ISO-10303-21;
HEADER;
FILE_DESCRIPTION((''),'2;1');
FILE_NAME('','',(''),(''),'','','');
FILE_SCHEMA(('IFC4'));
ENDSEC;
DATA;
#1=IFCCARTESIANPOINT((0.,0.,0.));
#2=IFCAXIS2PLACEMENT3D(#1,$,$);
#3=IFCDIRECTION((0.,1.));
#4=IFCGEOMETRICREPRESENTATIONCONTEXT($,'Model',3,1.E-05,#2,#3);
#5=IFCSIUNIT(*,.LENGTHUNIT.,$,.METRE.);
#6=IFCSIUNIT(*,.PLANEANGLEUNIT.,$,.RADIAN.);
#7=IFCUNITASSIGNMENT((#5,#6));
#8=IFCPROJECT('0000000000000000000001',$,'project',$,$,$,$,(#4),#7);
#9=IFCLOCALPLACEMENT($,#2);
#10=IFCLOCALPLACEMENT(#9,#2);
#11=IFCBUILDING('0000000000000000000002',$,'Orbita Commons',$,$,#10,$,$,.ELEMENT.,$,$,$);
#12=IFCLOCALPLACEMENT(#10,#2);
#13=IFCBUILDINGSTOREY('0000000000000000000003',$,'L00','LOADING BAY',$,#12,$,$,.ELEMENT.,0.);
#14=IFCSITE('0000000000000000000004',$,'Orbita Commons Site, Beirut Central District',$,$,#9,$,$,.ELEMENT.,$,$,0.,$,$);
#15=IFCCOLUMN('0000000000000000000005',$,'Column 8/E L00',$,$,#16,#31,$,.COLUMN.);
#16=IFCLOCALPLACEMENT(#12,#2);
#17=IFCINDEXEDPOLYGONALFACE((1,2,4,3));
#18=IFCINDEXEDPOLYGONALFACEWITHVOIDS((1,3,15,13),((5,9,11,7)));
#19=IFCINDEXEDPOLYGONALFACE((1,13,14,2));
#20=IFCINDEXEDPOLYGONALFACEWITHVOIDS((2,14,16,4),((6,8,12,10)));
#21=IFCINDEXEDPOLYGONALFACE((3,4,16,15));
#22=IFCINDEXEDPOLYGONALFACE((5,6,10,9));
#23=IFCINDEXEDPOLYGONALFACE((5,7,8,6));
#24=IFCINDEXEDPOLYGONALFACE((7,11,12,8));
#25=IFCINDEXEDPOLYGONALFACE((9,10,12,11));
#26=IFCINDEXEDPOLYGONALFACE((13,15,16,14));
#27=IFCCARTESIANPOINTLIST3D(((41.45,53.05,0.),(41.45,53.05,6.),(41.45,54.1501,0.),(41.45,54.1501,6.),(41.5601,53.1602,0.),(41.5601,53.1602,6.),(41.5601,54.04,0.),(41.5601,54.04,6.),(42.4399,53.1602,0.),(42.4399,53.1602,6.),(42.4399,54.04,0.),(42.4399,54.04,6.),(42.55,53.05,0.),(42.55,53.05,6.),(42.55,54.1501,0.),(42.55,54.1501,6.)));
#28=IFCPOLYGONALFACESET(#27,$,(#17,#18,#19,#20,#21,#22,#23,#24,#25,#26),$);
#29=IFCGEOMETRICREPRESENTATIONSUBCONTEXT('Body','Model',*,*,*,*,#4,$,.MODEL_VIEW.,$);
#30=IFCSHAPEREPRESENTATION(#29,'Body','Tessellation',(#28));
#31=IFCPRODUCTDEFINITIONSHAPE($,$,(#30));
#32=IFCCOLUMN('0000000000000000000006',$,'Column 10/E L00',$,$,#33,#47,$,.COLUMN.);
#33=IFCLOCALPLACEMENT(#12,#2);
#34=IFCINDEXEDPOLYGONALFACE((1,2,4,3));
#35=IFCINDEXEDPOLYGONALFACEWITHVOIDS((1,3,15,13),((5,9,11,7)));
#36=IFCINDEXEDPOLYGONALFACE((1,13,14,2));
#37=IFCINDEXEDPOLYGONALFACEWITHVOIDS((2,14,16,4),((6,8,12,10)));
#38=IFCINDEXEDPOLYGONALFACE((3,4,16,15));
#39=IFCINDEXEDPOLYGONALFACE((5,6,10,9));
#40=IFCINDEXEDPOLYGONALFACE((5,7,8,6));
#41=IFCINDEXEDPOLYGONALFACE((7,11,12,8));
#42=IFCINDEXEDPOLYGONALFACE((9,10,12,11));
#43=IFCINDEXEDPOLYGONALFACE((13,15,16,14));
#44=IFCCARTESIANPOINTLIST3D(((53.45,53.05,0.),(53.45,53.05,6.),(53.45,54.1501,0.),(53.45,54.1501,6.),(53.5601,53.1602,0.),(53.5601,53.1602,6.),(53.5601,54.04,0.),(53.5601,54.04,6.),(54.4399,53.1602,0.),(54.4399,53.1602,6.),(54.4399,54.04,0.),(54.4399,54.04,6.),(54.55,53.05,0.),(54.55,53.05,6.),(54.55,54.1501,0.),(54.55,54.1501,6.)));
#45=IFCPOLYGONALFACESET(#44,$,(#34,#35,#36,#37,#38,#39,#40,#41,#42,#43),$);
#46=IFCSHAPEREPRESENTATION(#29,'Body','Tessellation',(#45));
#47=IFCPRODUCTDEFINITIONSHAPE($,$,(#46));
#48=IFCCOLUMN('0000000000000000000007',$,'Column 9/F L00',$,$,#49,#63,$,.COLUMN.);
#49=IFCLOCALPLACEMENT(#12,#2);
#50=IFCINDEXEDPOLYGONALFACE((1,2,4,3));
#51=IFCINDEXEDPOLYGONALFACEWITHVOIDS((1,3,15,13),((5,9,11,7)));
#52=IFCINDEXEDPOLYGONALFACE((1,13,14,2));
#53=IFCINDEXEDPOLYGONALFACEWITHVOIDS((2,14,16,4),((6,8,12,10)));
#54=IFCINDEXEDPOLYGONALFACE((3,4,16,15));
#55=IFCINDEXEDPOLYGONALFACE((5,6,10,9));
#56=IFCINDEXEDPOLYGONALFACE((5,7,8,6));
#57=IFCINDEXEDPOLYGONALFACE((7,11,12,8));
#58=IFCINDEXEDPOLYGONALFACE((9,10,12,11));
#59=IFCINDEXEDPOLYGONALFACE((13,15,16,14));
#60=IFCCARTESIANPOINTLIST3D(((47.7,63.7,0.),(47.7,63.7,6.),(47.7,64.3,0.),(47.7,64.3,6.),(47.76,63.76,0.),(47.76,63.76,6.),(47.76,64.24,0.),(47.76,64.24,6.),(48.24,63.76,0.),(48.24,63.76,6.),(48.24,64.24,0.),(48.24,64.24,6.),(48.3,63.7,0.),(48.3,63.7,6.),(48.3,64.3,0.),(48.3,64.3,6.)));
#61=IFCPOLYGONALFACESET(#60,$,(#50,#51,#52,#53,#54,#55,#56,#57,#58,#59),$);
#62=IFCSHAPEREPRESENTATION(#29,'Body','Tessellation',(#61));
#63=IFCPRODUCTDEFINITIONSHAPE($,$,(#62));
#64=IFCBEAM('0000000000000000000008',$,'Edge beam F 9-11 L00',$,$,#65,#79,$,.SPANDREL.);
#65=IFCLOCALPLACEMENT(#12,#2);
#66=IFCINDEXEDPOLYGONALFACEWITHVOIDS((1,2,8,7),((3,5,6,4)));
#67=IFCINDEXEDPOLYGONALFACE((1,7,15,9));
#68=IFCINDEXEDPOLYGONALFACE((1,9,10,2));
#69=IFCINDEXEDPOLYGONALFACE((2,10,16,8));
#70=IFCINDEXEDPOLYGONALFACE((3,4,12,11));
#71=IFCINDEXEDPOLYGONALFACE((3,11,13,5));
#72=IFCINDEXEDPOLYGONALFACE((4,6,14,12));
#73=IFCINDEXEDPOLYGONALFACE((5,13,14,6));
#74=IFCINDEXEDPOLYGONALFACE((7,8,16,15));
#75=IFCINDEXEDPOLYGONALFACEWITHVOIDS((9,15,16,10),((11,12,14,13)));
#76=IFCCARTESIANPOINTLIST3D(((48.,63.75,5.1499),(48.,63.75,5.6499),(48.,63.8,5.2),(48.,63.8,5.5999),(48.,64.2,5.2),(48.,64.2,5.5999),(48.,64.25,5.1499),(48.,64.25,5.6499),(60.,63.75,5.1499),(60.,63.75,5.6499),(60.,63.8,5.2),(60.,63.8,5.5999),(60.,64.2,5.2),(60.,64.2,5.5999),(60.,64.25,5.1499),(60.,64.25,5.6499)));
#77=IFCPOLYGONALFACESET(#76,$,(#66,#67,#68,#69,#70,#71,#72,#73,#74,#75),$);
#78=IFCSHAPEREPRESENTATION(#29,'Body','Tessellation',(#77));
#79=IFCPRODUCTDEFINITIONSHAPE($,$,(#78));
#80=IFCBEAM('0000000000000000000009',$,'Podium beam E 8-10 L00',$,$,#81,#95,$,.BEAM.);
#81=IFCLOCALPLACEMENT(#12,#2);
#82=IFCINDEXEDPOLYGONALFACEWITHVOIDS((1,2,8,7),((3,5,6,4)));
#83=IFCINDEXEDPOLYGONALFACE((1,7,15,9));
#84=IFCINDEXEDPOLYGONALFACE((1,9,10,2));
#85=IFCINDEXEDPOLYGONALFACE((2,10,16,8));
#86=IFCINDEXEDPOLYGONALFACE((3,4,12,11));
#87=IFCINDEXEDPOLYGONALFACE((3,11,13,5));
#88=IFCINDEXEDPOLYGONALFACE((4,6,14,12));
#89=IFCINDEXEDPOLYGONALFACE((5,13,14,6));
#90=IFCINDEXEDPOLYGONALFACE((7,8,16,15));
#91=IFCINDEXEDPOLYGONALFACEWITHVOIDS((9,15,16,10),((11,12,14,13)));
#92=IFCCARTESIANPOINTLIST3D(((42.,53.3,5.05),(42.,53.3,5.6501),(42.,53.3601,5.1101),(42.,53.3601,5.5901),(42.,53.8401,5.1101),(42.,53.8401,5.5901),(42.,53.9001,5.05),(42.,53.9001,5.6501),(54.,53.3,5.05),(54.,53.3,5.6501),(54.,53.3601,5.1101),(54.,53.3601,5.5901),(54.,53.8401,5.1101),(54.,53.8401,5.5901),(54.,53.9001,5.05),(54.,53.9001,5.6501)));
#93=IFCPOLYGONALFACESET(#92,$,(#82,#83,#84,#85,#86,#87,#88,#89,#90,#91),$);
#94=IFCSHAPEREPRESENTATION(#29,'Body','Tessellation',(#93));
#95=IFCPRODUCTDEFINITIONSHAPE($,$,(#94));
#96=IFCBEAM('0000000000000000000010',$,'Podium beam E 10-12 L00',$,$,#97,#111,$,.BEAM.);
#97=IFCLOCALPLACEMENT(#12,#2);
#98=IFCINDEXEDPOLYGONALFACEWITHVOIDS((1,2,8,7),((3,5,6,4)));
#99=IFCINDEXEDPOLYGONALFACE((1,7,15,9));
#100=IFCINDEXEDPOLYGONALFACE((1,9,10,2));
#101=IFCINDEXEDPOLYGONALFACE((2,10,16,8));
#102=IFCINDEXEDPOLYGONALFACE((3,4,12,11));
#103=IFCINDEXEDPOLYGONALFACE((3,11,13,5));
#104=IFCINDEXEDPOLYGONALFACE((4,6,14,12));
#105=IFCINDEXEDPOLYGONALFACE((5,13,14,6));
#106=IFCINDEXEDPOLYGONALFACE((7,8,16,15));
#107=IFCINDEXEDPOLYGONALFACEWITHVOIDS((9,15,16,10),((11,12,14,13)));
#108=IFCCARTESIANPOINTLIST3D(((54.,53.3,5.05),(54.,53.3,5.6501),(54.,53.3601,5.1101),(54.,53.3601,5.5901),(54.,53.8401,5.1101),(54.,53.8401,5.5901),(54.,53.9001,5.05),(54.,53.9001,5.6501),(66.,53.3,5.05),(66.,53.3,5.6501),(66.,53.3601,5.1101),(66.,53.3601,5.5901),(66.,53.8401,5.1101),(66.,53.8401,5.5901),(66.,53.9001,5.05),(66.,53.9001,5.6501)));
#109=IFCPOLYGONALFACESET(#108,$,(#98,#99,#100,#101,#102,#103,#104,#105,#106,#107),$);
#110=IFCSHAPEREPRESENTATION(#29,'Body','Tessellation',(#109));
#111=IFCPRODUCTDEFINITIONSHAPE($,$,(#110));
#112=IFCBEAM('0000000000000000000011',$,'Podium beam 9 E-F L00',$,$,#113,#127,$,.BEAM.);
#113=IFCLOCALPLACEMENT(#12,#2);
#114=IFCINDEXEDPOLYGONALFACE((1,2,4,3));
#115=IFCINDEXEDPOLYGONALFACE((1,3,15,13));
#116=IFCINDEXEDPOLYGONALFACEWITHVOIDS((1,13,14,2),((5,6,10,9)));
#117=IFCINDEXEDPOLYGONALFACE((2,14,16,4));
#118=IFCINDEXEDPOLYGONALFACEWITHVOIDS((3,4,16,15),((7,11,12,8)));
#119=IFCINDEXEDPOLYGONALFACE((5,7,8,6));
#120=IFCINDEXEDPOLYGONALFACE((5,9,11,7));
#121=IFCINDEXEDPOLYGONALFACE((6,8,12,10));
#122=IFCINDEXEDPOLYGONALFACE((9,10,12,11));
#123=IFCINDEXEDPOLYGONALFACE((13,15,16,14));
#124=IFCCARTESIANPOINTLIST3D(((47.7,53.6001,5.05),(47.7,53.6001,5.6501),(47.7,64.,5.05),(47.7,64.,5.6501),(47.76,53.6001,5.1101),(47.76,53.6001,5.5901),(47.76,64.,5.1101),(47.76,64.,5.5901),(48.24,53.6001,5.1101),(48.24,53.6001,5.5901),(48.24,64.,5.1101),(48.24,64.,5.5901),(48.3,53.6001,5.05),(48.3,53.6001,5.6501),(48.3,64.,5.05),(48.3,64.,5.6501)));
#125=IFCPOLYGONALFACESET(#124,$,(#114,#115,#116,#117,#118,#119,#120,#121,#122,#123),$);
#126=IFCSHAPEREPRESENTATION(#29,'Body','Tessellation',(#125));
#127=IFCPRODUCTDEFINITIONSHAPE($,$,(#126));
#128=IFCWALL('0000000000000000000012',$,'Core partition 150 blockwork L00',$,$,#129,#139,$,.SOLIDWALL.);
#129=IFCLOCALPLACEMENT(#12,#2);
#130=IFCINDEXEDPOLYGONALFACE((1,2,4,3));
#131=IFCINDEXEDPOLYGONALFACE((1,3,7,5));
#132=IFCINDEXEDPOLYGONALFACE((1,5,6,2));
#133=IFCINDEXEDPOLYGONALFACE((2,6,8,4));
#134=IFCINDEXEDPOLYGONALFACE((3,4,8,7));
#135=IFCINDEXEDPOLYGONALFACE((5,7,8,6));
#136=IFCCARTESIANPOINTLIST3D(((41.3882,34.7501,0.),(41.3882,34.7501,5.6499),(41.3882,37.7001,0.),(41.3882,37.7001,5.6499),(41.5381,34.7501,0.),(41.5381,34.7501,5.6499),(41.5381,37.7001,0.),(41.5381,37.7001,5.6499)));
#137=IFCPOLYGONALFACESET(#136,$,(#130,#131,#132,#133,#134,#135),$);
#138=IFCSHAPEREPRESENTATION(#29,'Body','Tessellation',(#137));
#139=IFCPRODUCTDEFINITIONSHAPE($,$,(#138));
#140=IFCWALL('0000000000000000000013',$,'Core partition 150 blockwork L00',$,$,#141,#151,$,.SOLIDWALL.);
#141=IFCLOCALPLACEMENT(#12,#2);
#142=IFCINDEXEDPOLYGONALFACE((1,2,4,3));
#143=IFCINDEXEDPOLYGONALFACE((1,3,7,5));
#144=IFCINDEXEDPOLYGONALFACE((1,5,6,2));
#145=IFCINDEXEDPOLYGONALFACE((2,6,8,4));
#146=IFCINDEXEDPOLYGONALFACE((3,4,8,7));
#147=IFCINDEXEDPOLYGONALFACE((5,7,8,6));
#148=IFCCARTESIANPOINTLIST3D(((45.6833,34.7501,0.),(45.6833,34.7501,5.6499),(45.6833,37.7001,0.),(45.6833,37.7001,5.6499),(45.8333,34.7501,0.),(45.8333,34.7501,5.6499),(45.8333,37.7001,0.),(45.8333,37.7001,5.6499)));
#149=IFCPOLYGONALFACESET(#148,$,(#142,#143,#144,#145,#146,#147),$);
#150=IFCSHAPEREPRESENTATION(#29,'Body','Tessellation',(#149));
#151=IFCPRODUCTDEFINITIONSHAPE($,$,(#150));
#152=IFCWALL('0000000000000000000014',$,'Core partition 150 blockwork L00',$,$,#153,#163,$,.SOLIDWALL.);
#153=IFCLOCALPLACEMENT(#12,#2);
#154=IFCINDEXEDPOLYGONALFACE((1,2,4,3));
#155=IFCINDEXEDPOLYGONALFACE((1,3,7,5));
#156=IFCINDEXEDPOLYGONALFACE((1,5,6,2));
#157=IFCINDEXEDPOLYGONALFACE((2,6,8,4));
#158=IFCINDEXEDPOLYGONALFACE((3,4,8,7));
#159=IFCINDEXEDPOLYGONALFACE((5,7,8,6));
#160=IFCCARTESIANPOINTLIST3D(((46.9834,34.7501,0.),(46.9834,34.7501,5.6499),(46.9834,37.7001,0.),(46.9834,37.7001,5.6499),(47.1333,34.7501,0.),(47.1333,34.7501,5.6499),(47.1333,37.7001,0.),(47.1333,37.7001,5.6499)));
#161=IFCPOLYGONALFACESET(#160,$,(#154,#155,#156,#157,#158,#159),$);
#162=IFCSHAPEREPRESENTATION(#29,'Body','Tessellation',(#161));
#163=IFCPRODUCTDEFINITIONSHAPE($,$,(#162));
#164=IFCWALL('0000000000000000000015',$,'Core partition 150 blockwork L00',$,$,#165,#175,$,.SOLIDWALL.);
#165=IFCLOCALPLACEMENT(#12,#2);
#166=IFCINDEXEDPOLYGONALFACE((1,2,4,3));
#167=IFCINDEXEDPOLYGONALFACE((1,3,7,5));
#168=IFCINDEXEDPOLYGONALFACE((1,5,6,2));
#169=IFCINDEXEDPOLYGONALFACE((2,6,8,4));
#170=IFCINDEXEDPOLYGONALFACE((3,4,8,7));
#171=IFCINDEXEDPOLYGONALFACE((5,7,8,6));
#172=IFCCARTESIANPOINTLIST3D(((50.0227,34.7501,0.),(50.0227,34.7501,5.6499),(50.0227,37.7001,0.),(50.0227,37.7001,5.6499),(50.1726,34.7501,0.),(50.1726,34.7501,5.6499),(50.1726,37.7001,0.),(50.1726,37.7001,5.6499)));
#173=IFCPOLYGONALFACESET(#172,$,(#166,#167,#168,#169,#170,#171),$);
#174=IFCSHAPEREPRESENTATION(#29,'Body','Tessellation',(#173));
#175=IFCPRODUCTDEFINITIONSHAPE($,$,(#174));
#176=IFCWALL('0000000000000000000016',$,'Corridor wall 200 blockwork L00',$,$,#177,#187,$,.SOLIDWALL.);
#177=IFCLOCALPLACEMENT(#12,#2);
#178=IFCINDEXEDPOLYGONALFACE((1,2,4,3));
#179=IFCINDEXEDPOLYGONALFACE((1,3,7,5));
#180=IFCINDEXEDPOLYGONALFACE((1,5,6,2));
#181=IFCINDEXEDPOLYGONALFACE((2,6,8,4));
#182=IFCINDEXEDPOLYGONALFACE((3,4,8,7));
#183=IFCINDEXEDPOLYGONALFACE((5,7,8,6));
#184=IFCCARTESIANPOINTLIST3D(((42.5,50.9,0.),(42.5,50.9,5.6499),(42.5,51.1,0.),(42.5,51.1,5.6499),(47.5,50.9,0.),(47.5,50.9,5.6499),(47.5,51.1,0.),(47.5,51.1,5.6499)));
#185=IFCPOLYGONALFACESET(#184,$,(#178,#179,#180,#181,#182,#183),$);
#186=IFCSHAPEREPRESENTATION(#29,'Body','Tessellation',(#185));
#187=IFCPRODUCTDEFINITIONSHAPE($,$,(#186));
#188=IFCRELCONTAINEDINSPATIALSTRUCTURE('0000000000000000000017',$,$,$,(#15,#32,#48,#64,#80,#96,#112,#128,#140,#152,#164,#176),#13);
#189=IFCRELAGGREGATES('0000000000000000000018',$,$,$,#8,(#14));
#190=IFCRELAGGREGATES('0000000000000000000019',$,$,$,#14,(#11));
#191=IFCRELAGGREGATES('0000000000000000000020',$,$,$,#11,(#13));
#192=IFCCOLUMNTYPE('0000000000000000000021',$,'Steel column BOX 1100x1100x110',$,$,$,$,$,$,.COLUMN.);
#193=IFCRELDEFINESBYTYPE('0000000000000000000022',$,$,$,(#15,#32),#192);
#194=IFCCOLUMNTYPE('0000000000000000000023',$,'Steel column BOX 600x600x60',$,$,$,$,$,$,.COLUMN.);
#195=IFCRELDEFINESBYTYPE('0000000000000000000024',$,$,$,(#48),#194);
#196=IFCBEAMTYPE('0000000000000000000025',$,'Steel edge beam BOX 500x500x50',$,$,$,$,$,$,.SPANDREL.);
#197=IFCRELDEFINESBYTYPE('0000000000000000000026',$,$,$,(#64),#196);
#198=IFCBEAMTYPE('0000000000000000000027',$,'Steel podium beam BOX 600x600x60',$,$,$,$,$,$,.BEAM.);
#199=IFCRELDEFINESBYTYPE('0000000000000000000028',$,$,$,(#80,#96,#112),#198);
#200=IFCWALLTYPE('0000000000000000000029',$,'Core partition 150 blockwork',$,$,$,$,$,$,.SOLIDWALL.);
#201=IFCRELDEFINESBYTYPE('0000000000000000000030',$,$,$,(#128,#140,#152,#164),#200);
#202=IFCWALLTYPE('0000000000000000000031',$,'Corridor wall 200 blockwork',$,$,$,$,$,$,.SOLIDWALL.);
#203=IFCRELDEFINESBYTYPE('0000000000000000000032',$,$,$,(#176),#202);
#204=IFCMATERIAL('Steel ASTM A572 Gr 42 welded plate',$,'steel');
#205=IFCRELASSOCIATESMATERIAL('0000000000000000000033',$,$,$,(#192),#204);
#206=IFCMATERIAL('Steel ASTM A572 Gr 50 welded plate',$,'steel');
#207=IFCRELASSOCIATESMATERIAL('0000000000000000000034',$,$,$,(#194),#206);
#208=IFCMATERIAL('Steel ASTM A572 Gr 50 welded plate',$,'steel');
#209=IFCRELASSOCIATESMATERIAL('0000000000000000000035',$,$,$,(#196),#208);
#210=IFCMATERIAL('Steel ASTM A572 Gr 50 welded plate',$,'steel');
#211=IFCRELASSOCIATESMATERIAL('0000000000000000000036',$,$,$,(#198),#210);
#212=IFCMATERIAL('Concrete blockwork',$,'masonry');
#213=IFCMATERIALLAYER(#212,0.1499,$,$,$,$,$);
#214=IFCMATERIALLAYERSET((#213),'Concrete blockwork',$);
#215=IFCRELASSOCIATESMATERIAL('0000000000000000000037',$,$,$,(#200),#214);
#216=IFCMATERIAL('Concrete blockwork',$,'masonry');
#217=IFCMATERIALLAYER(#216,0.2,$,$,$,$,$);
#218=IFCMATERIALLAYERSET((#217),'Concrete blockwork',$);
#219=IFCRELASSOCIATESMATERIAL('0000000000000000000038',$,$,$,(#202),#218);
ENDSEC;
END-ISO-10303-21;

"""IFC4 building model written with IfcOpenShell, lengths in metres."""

from ifc_helpers import new_model, si_unit, direction, frame, frame_2d, origin, origin_2d, place, context, subcontext, project, spatial, rectangle, hollow_rectangle, extrude, material, layer, layer_set, material_profile, profile_set, type_object, element, save


model = new_model("IFC4")

# Units and contexts
model_context = context("Model", 3, precision=1e-05, world=origin(), true_north=direction((0.0, 1.0)))
body_context = subcontext(model_context, "Body", "Model", "MODEL_VIEW")
ifc_project = project(units=[si_unit("LENGTHUNIT", "METRE"), si_unit("PLANEANGLEUNIT", "RADIAN")], contexts=[model_context])

# Site, building, storey
site_placement = place(None, origin())
site = spatial("IfcSite", under=ifc_project, at=site_placement, Name="Orbita Commons Site, Beirut Central District", CompositionType="ELEMENT", RefElevation=0.0)
building_placement = place(site_placement, origin())
building = spatial("IfcBuilding", under=site, at=building_placement, Name="Orbita Commons", CompositionType="ELEMENT")
storey_placement = place(building_placement, origin())
storey = spatial("IfcBuildingStorey", under=building, at=storey_placement, Name="L00", Description="LOADING BAY", CompositionType="ELEMENT", Elevation=0.0)

# Columns
ifc_material_1 = material(Name="Steel ASTM A572 Gr 42 welded plate", Category="steel")
ifc_material_profile_1 = material_profile(ifc_material_1, hollow_rectangle(XDim=1.1001, YDim=1.1001, WallThickness=0.1101, at=origin_2d()), Name="BOX 1100x1100x110")
ifc_profile_set_1 = profile_set([ifc_material_profile_1], Name="Steel ASTM A572 Gr 42 welded plate")
column_type_1 = type_object("IfcColumnType", Name="Steel column BOX 1100x1100x110", PredefinedType="COLUMN", material=ifc_profile_set_1)
for number, where, z_axis, x_axis, name in (
    (1, (42.0, 53.6001, 0.0), (0.0, 0.0, 1.0), (1.0, 0.0, 0.0), "Column 8/E L00"),
    (2, (54.0, 53.6001, 0.0), (0.0, 0.0, 1.0), (1.0, 0.0, 0.0), "Column 10/E L00"),
):
    element("IfcColumn", number, at=place(storey_placement, frame(where, z_axis=z_axis, x_axis=x_axis)), inside=storey, type_object=column_type_1, Name=name, PredefinedType="COLUMN", context=body_context, shape_type="SweptSolid", body=[
        extrude(hollow_rectangle(XDim=1.1001, YDim=1.1001, WallThickness=0.1101, at=origin_2d()), origin(), (0.0, 0.0, 1.0), 6.0),
    ])
ifc_material_2 = material(Name="Steel ASTM A572 Gr 50 welded plate", Category="steel")
ifc_material_profile_2 = material_profile(ifc_material_2, hollow_rectangle(XDim=0.6001, YDim=0.6001, WallThickness=0.0601, at=origin_2d()), Name="BOX 600x600x60")
ifc_profile_set_2 = profile_set([ifc_material_profile_2], Name="Steel ASTM A572 Gr 50 welded plate")
column_type_2 = type_object("IfcColumnType", Name="Steel column BOX 600x600x60", PredefinedType="COLUMN", material=ifc_profile_set_2)
column_placement = place(storey_placement, frame((48.0, 64.0, 0.0), z_axis=(0.0, 0.0, 1.0), x_axis=(1.0, 0.0, 0.0)))
element("IfcColumn", 3, at=column_placement, inside=storey, type_object=column_type_2, Name="Column 9/F L00", PredefinedType="COLUMN", context=body_context, shape_type="SweptSolid", body=[
    extrude(hollow_rectangle(XDim=0.6001, YDim=0.6001, WallThickness=0.0601, at=origin_2d()), origin(), (0.0, 0.0, 1.0), 6.0),
])

# Beams
ifc_material_3 = material(Name="Steel ASTM A572 Gr 50 welded plate", Category="steel")
ifc_material_profile_3 = material_profile(ifc_material_3, hollow_rectangle(XDim=0.5, YDim=0.5, WallThickness=0.05, at=origin_2d()), Name="BOX 500x500x50")
ifc_profile_set_3 = profile_set([ifc_material_profile_3], Name="Steel ASTM A572 Gr 50 welded plate")
beam_type_1 = type_object("IfcBeamType", Name="Steel edge beam BOX 500x500x50", PredefinedType="SPANDREL", material=ifc_profile_set_3)
beam_1_placement = place(storey_placement, frame((48.0, 64.0, 5.3999), z_axis=(1.0, 0.0, 0.0), x_axis=(0.0, 1.0, 0.0)))
element("IfcBeam", 4, at=beam_1_placement, inside=storey, type_object=beam_type_1, Name="Edge beam F 9-11 L00", PredefinedType="SPANDREL", context=body_context, shape_type="SweptSolid", body=[
    extrude(hollow_rectangle(XDim=0.5, YDim=0.5, WallThickness=0.05, at=origin_2d()), origin(), (0.0, 0.0, 1.0), 12.0),
])
ifc_material_4 = material(Name="Steel ASTM A572 Gr 50 welded plate", Category="steel")
ifc_material_profile_4 = material_profile(ifc_material_4, hollow_rectangle(XDim=0.6001, YDim=0.6001, WallThickness=0.0601, at=origin_2d()), Name="BOX 600x600x60")
ifc_profile_set_4 = profile_set([ifc_material_profile_4], Name="Steel ASTM A572 Gr 50 welded plate")
beam_type_2 = type_object("IfcBeamType", Name="Steel podium beam BOX 600x600x60", PredefinedType="BEAM", material=ifc_profile_set_4)
for number, where, z_axis, x_axis, name in (
    (5, (42.0, 53.6001, 5.3501), (1.0, 0.0, 0.0), (0.0, 1.0, 0.0), "Podium beam E 8-10 L00"),
    (6, (54.0, 53.6001, 5.3501), (1.0, 0.0, 0.0), (0.0, 1.0, 0.0), "Podium beam E 10-12 L00"),
):
    element("IfcBeam", number, at=place(storey_placement, frame(where, z_axis=z_axis, x_axis=x_axis)), inside=storey, type_object=beam_type_2, Name=name, PredefinedType="BEAM", context=body_context, shape_type="SweptSolid", body=[
        extrude(hollow_rectangle(XDim=0.6001, YDim=0.6001, WallThickness=0.0601, at=origin_2d()), origin(), (0.0, 0.0, 1.0), 12.0),
    ])
beam_2_placement = place(storey_placement, frame((48.0, 53.6001, 5.3501), z_axis=(0.0, 1.0, 0.0), x_axis=(-1.0, 0.0, 0.0)))
element("IfcBeam", 7, at=beam_2_placement, inside=storey, type_object=beam_type_2, Name="Podium beam 9 E-F L00", PredefinedType="BEAM", context=body_context, shape_type="SweptSolid", body=[
    extrude(hollow_rectangle(XDim=0.6001, YDim=0.6001, WallThickness=0.0601, at=origin_2d()), origin(), (0.0, 0.0, 1.0), 10.3999),
])

# Walls
ifc_material_5 = material(Name="Concrete blockwork", Category="masonry")
ifc_layer_1 = layer(ifc_material_5, 0.1499)
ifc_layer_set_1 = layer_set([ifc_layer_1], Name="Concrete blockwork")
wall_type_1 = type_object("IfcWallType", Name="Core partition 150 blockwork", PredefinedType="SOLIDWALL", material=ifc_layer_set_1)
for number, where, z_axis, x_axis, name in (
    (8, (41.4631, 34.75, 0.0), (0.0, 0.0, 1.0), (0.0, 1.0, 0.0), "Core partition 150 blockwork L00"),
    (9, (45.7583, 34.75, 0.0), (0.0, 0.0, 1.0), (0.0, 1.0, 0.0), "Core partition 150 blockwork L00"),
    (10, (47.0583, 34.75, 0.0), (0.0, 0.0, 1.0), (0.0, 1.0, 0.0), "Core partition 150 blockwork L00"),
    (11, (50.0977, 34.75, 0.0), (0.0, 0.0, 1.0), (0.0, 1.0, 0.0), "Core partition 150 blockwork L00"),
):
    element("IfcWall", number, at=place(storey_placement, frame(where, z_axis=z_axis, x_axis=x_axis)), inside=storey, type_object=wall_type_1, Name=name, PredefinedType="SOLIDWALL", context=body_context, shape_type="SweptSolid", body=[
        extrude(rectangle(XDim=2.95, YDim=0.1499, at=frame_2d((1.4751, 0.0))), origin(), (0.0, 0.0, 1.0), 5.6499),
    ])
ifc_material_6 = material(Name="Concrete blockwork", Category="masonry")
ifc_layer_2 = layer(ifc_material_6, 0.2)
ifc_layer_set_2 = layer_set([ifc_layer_2], Name="Concrete blockwork")
wall_type_2 = type_object("IfcWallType", Name="Corridor wall 200 blockwork", PredefinedType="SOLIDWALL", material=ifc_layer_set_2)
wall_1_placement = place(storey_placement, frame((42.5, 51.0, 0.0), z_axis=(0.0, 0.0, 1.0), x_axis=(1.0, 0.0, 0.0)))
element("IfcWall", 12, at=wall_1_placement, inside=storey, type_object=wall_type_2, Name="Corridor wall 200 blockwork L00", PredefinedType="SOLIDWALL", context=body_context, shape_type="SweptSolid", body=[
    extrude(rectangle(XDim=5.0, YDim=0.2, at=frame_2d((2.5, 0.0))), origin(), (0.0, 0.0, 1.0), 5.6499),
])

save(model, "model.ifc")
